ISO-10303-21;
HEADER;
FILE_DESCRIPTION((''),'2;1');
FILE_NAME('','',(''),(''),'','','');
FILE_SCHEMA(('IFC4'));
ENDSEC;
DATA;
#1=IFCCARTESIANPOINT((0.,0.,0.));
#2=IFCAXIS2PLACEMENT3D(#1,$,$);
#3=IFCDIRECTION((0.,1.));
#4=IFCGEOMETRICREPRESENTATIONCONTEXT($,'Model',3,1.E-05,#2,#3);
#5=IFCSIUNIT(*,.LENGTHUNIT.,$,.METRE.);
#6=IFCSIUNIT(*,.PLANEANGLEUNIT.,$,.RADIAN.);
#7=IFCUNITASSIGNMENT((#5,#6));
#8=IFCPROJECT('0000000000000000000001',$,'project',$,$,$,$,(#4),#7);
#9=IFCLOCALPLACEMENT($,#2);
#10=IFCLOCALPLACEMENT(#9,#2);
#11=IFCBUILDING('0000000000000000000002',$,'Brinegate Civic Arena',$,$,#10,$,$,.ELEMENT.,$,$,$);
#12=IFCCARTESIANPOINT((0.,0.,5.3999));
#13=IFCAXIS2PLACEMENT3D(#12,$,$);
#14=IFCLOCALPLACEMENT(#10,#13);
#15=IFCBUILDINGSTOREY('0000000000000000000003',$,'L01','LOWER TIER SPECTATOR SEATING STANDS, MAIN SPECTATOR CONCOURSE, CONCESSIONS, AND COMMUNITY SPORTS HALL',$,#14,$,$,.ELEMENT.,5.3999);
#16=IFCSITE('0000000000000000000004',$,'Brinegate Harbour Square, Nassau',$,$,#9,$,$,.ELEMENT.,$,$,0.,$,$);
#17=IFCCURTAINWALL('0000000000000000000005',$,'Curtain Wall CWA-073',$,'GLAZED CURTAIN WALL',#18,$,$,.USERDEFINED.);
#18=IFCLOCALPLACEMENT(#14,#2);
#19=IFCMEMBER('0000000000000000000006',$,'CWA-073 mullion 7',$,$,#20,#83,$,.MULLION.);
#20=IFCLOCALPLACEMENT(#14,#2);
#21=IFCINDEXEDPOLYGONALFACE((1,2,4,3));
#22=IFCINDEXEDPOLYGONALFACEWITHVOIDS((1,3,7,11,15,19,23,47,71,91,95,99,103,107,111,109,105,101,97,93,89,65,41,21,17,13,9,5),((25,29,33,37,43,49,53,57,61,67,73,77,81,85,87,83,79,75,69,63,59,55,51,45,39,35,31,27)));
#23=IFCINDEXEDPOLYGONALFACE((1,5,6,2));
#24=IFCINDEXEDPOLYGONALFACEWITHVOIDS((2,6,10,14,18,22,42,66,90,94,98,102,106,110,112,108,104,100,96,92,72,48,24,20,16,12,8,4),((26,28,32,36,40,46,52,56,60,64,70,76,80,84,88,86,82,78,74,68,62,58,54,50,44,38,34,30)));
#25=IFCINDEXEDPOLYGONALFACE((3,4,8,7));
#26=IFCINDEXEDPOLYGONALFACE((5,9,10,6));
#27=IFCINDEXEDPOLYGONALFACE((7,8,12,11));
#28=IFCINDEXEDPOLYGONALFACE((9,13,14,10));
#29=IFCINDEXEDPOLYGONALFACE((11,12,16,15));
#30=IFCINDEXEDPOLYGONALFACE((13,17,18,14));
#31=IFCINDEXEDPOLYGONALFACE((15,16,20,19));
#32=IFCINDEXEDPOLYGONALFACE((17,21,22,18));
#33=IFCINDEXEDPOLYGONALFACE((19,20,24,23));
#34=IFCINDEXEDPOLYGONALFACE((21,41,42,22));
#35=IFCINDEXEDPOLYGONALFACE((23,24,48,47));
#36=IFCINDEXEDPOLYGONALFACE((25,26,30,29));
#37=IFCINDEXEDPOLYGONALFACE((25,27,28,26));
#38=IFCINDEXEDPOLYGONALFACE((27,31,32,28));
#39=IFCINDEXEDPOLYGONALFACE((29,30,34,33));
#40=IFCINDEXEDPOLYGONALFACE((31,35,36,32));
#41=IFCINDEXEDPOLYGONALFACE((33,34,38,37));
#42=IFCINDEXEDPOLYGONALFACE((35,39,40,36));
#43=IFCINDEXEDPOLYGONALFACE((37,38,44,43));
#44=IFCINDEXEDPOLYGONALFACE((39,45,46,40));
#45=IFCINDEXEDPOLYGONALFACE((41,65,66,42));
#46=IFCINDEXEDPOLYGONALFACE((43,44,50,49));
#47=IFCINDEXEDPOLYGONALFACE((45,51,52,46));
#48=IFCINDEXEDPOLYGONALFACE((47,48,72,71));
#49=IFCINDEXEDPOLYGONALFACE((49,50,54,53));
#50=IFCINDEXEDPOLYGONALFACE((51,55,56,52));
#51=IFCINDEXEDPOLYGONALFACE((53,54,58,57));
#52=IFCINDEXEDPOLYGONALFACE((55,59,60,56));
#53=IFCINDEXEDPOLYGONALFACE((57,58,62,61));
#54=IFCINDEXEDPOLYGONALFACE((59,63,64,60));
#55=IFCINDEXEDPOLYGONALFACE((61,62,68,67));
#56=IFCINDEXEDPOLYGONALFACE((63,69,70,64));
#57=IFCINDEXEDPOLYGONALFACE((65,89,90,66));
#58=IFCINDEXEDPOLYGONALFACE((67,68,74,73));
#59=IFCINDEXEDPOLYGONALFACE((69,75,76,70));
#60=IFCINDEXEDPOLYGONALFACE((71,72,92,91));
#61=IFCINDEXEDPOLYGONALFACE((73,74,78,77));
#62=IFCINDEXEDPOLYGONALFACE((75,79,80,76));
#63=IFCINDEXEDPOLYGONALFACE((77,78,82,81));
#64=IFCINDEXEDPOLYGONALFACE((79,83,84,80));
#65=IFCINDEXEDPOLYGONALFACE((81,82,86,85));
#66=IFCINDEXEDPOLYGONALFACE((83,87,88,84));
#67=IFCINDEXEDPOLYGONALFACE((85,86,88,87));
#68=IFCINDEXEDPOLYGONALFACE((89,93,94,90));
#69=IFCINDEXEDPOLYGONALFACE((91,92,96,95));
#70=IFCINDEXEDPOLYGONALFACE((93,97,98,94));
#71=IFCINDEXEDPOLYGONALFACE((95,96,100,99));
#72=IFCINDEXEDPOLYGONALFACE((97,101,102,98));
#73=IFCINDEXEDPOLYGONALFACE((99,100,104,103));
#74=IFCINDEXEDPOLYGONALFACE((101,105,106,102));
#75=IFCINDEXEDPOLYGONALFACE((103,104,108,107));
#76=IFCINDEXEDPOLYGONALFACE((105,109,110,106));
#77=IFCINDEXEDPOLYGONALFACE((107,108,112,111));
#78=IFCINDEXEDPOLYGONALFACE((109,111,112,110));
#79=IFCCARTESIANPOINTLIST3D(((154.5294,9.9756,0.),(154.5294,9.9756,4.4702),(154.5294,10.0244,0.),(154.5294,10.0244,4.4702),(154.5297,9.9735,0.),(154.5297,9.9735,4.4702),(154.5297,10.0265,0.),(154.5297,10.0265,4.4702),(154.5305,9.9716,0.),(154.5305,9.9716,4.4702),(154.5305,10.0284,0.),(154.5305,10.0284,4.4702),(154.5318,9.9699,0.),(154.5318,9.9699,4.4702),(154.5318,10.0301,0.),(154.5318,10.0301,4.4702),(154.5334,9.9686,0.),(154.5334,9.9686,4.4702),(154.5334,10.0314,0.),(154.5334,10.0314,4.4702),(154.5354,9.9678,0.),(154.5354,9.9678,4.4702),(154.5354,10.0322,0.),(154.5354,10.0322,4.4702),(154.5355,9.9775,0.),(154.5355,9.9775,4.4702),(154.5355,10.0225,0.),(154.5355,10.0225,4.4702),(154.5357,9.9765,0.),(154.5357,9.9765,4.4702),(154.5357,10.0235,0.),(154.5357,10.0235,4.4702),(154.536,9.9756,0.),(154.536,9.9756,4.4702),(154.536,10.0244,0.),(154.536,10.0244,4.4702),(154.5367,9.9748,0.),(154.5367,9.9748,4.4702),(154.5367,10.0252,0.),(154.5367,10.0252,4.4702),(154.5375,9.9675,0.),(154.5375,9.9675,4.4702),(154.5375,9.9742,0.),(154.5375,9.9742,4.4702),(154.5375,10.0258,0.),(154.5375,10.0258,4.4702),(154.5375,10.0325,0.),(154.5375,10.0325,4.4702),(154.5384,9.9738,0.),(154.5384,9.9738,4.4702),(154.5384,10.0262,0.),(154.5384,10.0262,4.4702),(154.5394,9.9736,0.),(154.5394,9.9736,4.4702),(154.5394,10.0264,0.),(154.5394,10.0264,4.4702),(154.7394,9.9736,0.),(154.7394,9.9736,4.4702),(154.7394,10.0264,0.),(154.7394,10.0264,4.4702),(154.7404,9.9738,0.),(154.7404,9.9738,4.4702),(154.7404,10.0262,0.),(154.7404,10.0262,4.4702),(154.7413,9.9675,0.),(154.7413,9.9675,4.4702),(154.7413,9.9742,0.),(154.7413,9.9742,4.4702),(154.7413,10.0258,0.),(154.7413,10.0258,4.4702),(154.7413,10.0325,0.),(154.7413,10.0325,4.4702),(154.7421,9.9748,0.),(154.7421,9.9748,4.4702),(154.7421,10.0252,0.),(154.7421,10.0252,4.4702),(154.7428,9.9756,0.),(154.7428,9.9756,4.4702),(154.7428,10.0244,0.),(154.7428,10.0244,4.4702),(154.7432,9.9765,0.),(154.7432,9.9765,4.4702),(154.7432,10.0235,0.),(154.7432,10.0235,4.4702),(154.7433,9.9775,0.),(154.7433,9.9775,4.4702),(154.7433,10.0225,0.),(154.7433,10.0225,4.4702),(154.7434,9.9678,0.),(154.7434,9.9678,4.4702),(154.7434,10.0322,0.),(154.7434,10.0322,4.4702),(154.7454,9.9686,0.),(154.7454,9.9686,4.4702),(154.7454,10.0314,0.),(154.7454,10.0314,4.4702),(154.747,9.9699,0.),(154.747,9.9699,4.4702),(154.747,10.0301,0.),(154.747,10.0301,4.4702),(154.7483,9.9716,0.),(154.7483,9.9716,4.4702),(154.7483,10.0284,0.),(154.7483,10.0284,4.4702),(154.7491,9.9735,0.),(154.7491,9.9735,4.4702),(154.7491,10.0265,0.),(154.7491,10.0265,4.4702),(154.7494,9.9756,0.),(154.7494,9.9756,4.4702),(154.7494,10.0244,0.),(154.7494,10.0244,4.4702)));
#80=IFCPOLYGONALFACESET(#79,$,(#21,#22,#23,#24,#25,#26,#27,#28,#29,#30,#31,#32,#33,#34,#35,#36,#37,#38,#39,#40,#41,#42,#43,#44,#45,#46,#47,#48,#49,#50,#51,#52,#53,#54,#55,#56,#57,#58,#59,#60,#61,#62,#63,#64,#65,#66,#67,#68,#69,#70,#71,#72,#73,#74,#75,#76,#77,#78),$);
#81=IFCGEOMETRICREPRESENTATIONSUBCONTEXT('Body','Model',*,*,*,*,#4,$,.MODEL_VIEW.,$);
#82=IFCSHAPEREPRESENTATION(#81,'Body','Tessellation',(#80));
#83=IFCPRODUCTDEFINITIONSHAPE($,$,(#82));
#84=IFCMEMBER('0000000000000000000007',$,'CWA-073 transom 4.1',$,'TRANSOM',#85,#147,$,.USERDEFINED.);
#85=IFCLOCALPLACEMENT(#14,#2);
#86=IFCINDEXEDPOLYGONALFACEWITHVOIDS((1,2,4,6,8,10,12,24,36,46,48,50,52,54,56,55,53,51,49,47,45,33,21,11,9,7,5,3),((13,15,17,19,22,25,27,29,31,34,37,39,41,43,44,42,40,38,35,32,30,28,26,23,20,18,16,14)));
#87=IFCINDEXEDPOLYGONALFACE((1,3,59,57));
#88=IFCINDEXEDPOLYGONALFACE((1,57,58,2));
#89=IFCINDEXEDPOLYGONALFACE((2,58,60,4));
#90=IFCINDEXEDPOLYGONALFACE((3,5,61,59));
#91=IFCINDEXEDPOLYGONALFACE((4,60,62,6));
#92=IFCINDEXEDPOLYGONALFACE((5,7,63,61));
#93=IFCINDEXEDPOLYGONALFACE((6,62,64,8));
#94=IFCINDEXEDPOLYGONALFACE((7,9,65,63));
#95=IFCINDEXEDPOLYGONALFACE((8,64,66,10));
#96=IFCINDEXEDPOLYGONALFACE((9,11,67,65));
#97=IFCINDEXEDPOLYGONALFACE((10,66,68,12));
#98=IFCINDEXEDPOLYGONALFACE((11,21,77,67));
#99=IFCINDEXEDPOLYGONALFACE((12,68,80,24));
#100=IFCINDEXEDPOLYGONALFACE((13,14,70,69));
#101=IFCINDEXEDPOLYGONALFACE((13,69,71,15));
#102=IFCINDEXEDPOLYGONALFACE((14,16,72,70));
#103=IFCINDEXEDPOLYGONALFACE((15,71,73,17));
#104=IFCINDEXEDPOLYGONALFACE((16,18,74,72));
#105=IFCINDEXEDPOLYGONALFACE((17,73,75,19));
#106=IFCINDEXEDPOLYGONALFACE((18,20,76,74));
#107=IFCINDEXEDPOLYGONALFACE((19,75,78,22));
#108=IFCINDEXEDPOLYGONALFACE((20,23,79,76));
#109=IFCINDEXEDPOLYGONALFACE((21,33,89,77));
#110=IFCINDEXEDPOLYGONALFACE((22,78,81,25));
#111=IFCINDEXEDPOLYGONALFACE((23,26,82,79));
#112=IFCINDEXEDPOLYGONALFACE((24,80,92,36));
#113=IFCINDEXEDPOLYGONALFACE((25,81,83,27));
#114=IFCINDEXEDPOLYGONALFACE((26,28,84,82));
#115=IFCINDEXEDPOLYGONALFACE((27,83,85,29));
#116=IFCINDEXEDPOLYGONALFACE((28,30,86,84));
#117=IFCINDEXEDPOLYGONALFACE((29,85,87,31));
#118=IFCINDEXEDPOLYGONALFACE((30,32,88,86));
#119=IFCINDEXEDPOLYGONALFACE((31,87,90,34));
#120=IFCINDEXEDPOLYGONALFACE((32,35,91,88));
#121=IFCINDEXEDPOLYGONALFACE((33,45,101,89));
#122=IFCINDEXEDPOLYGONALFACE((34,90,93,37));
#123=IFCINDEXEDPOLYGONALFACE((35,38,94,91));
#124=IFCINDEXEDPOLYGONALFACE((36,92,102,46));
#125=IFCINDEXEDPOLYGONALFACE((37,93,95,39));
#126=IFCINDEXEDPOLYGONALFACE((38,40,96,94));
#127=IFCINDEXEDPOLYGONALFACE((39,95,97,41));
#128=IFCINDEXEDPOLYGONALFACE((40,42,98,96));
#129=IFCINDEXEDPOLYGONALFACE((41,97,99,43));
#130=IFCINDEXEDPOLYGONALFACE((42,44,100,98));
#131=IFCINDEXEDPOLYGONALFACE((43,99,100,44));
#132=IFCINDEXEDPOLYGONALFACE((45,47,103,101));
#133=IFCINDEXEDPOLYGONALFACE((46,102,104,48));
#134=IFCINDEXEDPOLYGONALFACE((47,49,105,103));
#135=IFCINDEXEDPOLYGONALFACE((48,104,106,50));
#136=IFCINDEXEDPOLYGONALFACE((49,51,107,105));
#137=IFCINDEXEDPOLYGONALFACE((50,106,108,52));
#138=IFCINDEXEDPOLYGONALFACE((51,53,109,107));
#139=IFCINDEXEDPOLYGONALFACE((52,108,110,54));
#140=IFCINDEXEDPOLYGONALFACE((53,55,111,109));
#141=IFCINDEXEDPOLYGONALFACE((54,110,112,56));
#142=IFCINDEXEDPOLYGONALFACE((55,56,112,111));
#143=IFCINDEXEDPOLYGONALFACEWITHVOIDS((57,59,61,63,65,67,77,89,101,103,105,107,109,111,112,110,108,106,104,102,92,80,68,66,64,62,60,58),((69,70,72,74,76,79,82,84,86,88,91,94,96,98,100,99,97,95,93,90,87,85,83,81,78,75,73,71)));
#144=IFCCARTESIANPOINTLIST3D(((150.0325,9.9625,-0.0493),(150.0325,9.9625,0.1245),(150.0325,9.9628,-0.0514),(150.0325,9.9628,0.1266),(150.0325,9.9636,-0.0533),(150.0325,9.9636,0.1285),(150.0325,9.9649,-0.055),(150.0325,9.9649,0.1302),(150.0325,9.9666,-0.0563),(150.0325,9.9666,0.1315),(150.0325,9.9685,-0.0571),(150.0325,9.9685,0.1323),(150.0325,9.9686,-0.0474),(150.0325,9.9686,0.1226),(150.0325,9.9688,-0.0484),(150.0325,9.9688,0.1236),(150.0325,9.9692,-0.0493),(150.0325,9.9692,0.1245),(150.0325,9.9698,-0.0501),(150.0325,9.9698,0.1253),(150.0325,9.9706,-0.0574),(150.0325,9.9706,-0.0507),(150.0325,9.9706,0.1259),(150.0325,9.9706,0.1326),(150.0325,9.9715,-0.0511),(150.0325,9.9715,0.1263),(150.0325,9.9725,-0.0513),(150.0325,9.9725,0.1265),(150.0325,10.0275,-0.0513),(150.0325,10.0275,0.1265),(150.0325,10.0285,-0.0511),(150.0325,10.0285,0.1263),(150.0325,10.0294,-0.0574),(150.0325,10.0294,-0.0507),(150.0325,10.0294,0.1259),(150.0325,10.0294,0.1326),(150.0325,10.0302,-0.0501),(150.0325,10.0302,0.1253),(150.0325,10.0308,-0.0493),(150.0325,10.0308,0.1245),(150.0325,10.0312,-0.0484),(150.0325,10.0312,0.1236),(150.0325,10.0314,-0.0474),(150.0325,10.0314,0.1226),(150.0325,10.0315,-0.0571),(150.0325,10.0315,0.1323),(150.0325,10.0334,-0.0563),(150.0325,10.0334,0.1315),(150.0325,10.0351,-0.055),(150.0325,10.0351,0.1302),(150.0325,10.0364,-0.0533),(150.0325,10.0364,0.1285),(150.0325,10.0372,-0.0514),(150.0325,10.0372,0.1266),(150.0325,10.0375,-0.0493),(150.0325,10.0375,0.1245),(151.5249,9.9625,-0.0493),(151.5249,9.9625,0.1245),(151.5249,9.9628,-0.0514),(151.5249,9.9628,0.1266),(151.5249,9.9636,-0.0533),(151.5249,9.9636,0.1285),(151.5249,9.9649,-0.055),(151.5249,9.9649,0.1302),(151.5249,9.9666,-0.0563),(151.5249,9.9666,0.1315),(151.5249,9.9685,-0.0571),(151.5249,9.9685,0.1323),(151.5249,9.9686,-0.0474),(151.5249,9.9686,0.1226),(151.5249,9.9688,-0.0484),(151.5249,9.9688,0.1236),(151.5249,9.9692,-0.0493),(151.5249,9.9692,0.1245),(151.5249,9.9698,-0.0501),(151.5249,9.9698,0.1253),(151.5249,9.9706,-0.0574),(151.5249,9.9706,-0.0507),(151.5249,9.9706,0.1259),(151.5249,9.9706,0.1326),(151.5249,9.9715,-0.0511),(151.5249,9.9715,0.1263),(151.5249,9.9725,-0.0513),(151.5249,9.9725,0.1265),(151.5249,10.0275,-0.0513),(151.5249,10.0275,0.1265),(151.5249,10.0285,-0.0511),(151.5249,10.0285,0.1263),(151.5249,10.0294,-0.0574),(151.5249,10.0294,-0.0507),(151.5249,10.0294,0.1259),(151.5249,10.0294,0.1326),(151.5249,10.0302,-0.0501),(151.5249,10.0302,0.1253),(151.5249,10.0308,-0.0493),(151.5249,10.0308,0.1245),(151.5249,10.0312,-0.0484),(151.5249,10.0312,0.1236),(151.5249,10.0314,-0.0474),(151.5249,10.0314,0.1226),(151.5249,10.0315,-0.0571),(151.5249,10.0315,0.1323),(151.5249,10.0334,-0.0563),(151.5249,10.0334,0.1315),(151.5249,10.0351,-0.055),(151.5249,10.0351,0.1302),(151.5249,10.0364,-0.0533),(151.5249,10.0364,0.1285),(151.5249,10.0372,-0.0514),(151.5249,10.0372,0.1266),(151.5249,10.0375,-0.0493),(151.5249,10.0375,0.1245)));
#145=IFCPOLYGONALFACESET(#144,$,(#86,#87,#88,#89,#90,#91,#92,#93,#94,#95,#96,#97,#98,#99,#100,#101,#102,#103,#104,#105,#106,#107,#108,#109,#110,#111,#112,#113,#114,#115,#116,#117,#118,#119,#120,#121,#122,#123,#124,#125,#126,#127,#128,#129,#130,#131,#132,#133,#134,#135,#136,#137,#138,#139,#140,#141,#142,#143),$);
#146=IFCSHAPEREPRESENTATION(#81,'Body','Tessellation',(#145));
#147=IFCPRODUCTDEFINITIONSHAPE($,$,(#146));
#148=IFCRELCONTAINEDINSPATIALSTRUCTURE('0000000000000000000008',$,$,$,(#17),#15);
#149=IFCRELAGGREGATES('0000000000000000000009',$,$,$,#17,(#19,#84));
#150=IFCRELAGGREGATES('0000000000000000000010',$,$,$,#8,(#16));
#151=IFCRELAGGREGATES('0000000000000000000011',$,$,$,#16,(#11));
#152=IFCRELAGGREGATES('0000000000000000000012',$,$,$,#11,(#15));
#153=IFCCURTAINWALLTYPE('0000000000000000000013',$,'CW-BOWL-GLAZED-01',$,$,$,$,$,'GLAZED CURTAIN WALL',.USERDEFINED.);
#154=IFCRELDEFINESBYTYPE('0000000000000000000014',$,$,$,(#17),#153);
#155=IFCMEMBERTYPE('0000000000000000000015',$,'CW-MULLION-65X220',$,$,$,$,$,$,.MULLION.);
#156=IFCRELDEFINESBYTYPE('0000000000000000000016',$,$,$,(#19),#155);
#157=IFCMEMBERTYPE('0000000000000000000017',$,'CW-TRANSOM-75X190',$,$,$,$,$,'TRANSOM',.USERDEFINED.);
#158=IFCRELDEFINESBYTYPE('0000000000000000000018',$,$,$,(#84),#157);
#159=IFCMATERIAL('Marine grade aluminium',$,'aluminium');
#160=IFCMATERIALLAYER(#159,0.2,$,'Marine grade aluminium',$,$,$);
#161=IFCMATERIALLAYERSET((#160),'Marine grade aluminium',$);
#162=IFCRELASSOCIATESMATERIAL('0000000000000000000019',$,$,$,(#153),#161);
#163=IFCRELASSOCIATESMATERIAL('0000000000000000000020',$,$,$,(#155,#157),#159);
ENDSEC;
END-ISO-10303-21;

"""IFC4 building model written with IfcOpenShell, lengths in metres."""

from ifc_helpers import new_model, si_unit, direction, frame, origin, origin_2d, place, context, subcontext, project, spatial, hollow_rectangle, extrude, material, layer, layer_set, material_profile, profile_set, type_object, element, aggregate, save


model = new_model("IFC4")

# Units and contexts
model_context = context("Model", 3, precision=1e-05, world=origin(), true_north=direction((0.0, 1.0)))
body_context = subcontext(model_context, "Body", "Model", "MODEL_VIEW")
ifc_project = project(units=[si_unit("LENGTHUNIT", "METRE"), si_unit("PLANEANGLEUNIT", "RADIAN")], contexts=[model_context])

# Site, building, storey
site_placement = place(None, origin())
site = spatial("IfcSite", under=ifc_project, at=site_placement, Name="Brinegate Harbour Square, Nassau", CompositionType="ELEMENT", RefElevation=0.0)
building_placement = place(site_placement, origin())
building = spatial("IfcBuilding", under=site, at=building_placement, Name="Brinegate Civic Arena", CompositionType="ELEMENT")
storey_placement = place(building_placement, frame((0.0, 0.0, 5.3999)))
storey = spatial("IfcBuildingStorey", under=building, at=storey_placement, Name="L01", Description="LOWER TIER SPECTATOR SEATING STANDS, MAIN SPECTATOR CONCOURSE, CONCESSIONS, AND COMMUNITY SPORTS HALL", CompositionType="ELEMENT", Elevation=5.3999)

# Curtain wall, members
ifc_material_1 = material(Name="Marine grade aluminium", Category="aluminium")
ifc_layer_1 = layer(ifc_material_1, 0.2, Name="Marine grade aluminium")
ifc_layer_set_1 = layer_set([ifc_layer_1], Name="Marine grade aluminium")
curtain_wall_type = type_object("IfcCurtainWallType", Name="CW-BOWL-GLAZED-01", ElementType="GLAZED CURTAIN WALL", PredefinedType="USERDEFINED", material=ifc_layer_set_1)
curtain_wall_placement = place(storey_placement, origin())
curtain_wall = element("IfcCurtainWall", 1, at=curtain_wall_placement, inside=storey, type_object=curtain_wall_type, Name="Curtain Wall CWA-073", ObjectType="GLAZED CURTAIN WALL", PredefinedType="USERDEFINED")
ifc_material_profile_1 = material_profile(ifc_material_1, hollow_rectangle(XDim=0.0649, YDim=0.22, WallThickness=0.0061, InnerFilletRadius=0.0039, OuterFilletRadius=0.0081, at=origin_2d()), Name="MUL65X220")
ifc_profile_set_1 = profile_set([ifc_material_profile_1], Name="Marine grade aluminium")
member_type_1 = type_object("IfcMemberType", Name="CW-MULLION-65X220", PredefinedType="MULLION", material=ifc_profile_set_1)
member_1_placement = place(storey_placement, frame((154.6394, 10.0, 0.0), z_axis=(0.0, 0.0, 1.0), x_axis=(0.0, 1.0, 0.0)))
member_1 = element("IfcMember", 2, at=member_1_placement, type_object=member_type_1, Name="CWA-073 mullion 7", PredefinedType="MULLION", context=body_context, shape_type="SweptSolid", body=[
    extrude(hollow_rectangle(XDim=0.0649, YDim=0.22, WallThickness=0.0061, InnerFilletRadius=0.0039, OuterFilletRadius=0.0081, at=origin_2d()), origin(), (0.0, 0.0, 1.0), 4.4702),
])
ifc_material_profile_2 = material_profile(ifc_material_1, hollow_rectangle(XDim=0.075, YDim=0.1899, WallThickness=0.0061, InnerFilletRadius=0.0039, OuterFilletRadius=0.0081, at=origin_2d()), Name="TRN75X190")
ifc_profile_set_2 = profile_set([ifc_material_profile_2], Name="Marine grade aluminium")
member_type_2 = type_object("IfcMemberType", Name="CW-TRANSOM-75X190", ElementType="TRANSOM", PredefinedType="USERDEFINED", material=ifc_profile_set_2)
member_2_placement = place(storey_placement, frame((150.0325, 10.0, 0.0376), z_axis=(1.0, 0.0, 0.0), x_axis=(0.0, 1.0, 0.0)))
member_2 = element("IfcMember", 3, at=member_2_placement, type_object=member_type_2, Name="CWA-073 transom 4.1", ObjectType="TRANSOM", PredefinedType="USERDEFINED", context=body_context, shape_type="SweptSolid", body=[
    extrude(hollow_rectangle(XDim=0.075, YDim=0.1899, WallThickness=0.0061, InnerFilletRadius=0.0039, OuterFilletRadius=0.0081, at=origin_2d()), origin(), (0.0, 0.0, 1.0), 1.4924),
])

aggregate(curtain_wall, [member_1, member_2])

save(model, "model.ifc")
